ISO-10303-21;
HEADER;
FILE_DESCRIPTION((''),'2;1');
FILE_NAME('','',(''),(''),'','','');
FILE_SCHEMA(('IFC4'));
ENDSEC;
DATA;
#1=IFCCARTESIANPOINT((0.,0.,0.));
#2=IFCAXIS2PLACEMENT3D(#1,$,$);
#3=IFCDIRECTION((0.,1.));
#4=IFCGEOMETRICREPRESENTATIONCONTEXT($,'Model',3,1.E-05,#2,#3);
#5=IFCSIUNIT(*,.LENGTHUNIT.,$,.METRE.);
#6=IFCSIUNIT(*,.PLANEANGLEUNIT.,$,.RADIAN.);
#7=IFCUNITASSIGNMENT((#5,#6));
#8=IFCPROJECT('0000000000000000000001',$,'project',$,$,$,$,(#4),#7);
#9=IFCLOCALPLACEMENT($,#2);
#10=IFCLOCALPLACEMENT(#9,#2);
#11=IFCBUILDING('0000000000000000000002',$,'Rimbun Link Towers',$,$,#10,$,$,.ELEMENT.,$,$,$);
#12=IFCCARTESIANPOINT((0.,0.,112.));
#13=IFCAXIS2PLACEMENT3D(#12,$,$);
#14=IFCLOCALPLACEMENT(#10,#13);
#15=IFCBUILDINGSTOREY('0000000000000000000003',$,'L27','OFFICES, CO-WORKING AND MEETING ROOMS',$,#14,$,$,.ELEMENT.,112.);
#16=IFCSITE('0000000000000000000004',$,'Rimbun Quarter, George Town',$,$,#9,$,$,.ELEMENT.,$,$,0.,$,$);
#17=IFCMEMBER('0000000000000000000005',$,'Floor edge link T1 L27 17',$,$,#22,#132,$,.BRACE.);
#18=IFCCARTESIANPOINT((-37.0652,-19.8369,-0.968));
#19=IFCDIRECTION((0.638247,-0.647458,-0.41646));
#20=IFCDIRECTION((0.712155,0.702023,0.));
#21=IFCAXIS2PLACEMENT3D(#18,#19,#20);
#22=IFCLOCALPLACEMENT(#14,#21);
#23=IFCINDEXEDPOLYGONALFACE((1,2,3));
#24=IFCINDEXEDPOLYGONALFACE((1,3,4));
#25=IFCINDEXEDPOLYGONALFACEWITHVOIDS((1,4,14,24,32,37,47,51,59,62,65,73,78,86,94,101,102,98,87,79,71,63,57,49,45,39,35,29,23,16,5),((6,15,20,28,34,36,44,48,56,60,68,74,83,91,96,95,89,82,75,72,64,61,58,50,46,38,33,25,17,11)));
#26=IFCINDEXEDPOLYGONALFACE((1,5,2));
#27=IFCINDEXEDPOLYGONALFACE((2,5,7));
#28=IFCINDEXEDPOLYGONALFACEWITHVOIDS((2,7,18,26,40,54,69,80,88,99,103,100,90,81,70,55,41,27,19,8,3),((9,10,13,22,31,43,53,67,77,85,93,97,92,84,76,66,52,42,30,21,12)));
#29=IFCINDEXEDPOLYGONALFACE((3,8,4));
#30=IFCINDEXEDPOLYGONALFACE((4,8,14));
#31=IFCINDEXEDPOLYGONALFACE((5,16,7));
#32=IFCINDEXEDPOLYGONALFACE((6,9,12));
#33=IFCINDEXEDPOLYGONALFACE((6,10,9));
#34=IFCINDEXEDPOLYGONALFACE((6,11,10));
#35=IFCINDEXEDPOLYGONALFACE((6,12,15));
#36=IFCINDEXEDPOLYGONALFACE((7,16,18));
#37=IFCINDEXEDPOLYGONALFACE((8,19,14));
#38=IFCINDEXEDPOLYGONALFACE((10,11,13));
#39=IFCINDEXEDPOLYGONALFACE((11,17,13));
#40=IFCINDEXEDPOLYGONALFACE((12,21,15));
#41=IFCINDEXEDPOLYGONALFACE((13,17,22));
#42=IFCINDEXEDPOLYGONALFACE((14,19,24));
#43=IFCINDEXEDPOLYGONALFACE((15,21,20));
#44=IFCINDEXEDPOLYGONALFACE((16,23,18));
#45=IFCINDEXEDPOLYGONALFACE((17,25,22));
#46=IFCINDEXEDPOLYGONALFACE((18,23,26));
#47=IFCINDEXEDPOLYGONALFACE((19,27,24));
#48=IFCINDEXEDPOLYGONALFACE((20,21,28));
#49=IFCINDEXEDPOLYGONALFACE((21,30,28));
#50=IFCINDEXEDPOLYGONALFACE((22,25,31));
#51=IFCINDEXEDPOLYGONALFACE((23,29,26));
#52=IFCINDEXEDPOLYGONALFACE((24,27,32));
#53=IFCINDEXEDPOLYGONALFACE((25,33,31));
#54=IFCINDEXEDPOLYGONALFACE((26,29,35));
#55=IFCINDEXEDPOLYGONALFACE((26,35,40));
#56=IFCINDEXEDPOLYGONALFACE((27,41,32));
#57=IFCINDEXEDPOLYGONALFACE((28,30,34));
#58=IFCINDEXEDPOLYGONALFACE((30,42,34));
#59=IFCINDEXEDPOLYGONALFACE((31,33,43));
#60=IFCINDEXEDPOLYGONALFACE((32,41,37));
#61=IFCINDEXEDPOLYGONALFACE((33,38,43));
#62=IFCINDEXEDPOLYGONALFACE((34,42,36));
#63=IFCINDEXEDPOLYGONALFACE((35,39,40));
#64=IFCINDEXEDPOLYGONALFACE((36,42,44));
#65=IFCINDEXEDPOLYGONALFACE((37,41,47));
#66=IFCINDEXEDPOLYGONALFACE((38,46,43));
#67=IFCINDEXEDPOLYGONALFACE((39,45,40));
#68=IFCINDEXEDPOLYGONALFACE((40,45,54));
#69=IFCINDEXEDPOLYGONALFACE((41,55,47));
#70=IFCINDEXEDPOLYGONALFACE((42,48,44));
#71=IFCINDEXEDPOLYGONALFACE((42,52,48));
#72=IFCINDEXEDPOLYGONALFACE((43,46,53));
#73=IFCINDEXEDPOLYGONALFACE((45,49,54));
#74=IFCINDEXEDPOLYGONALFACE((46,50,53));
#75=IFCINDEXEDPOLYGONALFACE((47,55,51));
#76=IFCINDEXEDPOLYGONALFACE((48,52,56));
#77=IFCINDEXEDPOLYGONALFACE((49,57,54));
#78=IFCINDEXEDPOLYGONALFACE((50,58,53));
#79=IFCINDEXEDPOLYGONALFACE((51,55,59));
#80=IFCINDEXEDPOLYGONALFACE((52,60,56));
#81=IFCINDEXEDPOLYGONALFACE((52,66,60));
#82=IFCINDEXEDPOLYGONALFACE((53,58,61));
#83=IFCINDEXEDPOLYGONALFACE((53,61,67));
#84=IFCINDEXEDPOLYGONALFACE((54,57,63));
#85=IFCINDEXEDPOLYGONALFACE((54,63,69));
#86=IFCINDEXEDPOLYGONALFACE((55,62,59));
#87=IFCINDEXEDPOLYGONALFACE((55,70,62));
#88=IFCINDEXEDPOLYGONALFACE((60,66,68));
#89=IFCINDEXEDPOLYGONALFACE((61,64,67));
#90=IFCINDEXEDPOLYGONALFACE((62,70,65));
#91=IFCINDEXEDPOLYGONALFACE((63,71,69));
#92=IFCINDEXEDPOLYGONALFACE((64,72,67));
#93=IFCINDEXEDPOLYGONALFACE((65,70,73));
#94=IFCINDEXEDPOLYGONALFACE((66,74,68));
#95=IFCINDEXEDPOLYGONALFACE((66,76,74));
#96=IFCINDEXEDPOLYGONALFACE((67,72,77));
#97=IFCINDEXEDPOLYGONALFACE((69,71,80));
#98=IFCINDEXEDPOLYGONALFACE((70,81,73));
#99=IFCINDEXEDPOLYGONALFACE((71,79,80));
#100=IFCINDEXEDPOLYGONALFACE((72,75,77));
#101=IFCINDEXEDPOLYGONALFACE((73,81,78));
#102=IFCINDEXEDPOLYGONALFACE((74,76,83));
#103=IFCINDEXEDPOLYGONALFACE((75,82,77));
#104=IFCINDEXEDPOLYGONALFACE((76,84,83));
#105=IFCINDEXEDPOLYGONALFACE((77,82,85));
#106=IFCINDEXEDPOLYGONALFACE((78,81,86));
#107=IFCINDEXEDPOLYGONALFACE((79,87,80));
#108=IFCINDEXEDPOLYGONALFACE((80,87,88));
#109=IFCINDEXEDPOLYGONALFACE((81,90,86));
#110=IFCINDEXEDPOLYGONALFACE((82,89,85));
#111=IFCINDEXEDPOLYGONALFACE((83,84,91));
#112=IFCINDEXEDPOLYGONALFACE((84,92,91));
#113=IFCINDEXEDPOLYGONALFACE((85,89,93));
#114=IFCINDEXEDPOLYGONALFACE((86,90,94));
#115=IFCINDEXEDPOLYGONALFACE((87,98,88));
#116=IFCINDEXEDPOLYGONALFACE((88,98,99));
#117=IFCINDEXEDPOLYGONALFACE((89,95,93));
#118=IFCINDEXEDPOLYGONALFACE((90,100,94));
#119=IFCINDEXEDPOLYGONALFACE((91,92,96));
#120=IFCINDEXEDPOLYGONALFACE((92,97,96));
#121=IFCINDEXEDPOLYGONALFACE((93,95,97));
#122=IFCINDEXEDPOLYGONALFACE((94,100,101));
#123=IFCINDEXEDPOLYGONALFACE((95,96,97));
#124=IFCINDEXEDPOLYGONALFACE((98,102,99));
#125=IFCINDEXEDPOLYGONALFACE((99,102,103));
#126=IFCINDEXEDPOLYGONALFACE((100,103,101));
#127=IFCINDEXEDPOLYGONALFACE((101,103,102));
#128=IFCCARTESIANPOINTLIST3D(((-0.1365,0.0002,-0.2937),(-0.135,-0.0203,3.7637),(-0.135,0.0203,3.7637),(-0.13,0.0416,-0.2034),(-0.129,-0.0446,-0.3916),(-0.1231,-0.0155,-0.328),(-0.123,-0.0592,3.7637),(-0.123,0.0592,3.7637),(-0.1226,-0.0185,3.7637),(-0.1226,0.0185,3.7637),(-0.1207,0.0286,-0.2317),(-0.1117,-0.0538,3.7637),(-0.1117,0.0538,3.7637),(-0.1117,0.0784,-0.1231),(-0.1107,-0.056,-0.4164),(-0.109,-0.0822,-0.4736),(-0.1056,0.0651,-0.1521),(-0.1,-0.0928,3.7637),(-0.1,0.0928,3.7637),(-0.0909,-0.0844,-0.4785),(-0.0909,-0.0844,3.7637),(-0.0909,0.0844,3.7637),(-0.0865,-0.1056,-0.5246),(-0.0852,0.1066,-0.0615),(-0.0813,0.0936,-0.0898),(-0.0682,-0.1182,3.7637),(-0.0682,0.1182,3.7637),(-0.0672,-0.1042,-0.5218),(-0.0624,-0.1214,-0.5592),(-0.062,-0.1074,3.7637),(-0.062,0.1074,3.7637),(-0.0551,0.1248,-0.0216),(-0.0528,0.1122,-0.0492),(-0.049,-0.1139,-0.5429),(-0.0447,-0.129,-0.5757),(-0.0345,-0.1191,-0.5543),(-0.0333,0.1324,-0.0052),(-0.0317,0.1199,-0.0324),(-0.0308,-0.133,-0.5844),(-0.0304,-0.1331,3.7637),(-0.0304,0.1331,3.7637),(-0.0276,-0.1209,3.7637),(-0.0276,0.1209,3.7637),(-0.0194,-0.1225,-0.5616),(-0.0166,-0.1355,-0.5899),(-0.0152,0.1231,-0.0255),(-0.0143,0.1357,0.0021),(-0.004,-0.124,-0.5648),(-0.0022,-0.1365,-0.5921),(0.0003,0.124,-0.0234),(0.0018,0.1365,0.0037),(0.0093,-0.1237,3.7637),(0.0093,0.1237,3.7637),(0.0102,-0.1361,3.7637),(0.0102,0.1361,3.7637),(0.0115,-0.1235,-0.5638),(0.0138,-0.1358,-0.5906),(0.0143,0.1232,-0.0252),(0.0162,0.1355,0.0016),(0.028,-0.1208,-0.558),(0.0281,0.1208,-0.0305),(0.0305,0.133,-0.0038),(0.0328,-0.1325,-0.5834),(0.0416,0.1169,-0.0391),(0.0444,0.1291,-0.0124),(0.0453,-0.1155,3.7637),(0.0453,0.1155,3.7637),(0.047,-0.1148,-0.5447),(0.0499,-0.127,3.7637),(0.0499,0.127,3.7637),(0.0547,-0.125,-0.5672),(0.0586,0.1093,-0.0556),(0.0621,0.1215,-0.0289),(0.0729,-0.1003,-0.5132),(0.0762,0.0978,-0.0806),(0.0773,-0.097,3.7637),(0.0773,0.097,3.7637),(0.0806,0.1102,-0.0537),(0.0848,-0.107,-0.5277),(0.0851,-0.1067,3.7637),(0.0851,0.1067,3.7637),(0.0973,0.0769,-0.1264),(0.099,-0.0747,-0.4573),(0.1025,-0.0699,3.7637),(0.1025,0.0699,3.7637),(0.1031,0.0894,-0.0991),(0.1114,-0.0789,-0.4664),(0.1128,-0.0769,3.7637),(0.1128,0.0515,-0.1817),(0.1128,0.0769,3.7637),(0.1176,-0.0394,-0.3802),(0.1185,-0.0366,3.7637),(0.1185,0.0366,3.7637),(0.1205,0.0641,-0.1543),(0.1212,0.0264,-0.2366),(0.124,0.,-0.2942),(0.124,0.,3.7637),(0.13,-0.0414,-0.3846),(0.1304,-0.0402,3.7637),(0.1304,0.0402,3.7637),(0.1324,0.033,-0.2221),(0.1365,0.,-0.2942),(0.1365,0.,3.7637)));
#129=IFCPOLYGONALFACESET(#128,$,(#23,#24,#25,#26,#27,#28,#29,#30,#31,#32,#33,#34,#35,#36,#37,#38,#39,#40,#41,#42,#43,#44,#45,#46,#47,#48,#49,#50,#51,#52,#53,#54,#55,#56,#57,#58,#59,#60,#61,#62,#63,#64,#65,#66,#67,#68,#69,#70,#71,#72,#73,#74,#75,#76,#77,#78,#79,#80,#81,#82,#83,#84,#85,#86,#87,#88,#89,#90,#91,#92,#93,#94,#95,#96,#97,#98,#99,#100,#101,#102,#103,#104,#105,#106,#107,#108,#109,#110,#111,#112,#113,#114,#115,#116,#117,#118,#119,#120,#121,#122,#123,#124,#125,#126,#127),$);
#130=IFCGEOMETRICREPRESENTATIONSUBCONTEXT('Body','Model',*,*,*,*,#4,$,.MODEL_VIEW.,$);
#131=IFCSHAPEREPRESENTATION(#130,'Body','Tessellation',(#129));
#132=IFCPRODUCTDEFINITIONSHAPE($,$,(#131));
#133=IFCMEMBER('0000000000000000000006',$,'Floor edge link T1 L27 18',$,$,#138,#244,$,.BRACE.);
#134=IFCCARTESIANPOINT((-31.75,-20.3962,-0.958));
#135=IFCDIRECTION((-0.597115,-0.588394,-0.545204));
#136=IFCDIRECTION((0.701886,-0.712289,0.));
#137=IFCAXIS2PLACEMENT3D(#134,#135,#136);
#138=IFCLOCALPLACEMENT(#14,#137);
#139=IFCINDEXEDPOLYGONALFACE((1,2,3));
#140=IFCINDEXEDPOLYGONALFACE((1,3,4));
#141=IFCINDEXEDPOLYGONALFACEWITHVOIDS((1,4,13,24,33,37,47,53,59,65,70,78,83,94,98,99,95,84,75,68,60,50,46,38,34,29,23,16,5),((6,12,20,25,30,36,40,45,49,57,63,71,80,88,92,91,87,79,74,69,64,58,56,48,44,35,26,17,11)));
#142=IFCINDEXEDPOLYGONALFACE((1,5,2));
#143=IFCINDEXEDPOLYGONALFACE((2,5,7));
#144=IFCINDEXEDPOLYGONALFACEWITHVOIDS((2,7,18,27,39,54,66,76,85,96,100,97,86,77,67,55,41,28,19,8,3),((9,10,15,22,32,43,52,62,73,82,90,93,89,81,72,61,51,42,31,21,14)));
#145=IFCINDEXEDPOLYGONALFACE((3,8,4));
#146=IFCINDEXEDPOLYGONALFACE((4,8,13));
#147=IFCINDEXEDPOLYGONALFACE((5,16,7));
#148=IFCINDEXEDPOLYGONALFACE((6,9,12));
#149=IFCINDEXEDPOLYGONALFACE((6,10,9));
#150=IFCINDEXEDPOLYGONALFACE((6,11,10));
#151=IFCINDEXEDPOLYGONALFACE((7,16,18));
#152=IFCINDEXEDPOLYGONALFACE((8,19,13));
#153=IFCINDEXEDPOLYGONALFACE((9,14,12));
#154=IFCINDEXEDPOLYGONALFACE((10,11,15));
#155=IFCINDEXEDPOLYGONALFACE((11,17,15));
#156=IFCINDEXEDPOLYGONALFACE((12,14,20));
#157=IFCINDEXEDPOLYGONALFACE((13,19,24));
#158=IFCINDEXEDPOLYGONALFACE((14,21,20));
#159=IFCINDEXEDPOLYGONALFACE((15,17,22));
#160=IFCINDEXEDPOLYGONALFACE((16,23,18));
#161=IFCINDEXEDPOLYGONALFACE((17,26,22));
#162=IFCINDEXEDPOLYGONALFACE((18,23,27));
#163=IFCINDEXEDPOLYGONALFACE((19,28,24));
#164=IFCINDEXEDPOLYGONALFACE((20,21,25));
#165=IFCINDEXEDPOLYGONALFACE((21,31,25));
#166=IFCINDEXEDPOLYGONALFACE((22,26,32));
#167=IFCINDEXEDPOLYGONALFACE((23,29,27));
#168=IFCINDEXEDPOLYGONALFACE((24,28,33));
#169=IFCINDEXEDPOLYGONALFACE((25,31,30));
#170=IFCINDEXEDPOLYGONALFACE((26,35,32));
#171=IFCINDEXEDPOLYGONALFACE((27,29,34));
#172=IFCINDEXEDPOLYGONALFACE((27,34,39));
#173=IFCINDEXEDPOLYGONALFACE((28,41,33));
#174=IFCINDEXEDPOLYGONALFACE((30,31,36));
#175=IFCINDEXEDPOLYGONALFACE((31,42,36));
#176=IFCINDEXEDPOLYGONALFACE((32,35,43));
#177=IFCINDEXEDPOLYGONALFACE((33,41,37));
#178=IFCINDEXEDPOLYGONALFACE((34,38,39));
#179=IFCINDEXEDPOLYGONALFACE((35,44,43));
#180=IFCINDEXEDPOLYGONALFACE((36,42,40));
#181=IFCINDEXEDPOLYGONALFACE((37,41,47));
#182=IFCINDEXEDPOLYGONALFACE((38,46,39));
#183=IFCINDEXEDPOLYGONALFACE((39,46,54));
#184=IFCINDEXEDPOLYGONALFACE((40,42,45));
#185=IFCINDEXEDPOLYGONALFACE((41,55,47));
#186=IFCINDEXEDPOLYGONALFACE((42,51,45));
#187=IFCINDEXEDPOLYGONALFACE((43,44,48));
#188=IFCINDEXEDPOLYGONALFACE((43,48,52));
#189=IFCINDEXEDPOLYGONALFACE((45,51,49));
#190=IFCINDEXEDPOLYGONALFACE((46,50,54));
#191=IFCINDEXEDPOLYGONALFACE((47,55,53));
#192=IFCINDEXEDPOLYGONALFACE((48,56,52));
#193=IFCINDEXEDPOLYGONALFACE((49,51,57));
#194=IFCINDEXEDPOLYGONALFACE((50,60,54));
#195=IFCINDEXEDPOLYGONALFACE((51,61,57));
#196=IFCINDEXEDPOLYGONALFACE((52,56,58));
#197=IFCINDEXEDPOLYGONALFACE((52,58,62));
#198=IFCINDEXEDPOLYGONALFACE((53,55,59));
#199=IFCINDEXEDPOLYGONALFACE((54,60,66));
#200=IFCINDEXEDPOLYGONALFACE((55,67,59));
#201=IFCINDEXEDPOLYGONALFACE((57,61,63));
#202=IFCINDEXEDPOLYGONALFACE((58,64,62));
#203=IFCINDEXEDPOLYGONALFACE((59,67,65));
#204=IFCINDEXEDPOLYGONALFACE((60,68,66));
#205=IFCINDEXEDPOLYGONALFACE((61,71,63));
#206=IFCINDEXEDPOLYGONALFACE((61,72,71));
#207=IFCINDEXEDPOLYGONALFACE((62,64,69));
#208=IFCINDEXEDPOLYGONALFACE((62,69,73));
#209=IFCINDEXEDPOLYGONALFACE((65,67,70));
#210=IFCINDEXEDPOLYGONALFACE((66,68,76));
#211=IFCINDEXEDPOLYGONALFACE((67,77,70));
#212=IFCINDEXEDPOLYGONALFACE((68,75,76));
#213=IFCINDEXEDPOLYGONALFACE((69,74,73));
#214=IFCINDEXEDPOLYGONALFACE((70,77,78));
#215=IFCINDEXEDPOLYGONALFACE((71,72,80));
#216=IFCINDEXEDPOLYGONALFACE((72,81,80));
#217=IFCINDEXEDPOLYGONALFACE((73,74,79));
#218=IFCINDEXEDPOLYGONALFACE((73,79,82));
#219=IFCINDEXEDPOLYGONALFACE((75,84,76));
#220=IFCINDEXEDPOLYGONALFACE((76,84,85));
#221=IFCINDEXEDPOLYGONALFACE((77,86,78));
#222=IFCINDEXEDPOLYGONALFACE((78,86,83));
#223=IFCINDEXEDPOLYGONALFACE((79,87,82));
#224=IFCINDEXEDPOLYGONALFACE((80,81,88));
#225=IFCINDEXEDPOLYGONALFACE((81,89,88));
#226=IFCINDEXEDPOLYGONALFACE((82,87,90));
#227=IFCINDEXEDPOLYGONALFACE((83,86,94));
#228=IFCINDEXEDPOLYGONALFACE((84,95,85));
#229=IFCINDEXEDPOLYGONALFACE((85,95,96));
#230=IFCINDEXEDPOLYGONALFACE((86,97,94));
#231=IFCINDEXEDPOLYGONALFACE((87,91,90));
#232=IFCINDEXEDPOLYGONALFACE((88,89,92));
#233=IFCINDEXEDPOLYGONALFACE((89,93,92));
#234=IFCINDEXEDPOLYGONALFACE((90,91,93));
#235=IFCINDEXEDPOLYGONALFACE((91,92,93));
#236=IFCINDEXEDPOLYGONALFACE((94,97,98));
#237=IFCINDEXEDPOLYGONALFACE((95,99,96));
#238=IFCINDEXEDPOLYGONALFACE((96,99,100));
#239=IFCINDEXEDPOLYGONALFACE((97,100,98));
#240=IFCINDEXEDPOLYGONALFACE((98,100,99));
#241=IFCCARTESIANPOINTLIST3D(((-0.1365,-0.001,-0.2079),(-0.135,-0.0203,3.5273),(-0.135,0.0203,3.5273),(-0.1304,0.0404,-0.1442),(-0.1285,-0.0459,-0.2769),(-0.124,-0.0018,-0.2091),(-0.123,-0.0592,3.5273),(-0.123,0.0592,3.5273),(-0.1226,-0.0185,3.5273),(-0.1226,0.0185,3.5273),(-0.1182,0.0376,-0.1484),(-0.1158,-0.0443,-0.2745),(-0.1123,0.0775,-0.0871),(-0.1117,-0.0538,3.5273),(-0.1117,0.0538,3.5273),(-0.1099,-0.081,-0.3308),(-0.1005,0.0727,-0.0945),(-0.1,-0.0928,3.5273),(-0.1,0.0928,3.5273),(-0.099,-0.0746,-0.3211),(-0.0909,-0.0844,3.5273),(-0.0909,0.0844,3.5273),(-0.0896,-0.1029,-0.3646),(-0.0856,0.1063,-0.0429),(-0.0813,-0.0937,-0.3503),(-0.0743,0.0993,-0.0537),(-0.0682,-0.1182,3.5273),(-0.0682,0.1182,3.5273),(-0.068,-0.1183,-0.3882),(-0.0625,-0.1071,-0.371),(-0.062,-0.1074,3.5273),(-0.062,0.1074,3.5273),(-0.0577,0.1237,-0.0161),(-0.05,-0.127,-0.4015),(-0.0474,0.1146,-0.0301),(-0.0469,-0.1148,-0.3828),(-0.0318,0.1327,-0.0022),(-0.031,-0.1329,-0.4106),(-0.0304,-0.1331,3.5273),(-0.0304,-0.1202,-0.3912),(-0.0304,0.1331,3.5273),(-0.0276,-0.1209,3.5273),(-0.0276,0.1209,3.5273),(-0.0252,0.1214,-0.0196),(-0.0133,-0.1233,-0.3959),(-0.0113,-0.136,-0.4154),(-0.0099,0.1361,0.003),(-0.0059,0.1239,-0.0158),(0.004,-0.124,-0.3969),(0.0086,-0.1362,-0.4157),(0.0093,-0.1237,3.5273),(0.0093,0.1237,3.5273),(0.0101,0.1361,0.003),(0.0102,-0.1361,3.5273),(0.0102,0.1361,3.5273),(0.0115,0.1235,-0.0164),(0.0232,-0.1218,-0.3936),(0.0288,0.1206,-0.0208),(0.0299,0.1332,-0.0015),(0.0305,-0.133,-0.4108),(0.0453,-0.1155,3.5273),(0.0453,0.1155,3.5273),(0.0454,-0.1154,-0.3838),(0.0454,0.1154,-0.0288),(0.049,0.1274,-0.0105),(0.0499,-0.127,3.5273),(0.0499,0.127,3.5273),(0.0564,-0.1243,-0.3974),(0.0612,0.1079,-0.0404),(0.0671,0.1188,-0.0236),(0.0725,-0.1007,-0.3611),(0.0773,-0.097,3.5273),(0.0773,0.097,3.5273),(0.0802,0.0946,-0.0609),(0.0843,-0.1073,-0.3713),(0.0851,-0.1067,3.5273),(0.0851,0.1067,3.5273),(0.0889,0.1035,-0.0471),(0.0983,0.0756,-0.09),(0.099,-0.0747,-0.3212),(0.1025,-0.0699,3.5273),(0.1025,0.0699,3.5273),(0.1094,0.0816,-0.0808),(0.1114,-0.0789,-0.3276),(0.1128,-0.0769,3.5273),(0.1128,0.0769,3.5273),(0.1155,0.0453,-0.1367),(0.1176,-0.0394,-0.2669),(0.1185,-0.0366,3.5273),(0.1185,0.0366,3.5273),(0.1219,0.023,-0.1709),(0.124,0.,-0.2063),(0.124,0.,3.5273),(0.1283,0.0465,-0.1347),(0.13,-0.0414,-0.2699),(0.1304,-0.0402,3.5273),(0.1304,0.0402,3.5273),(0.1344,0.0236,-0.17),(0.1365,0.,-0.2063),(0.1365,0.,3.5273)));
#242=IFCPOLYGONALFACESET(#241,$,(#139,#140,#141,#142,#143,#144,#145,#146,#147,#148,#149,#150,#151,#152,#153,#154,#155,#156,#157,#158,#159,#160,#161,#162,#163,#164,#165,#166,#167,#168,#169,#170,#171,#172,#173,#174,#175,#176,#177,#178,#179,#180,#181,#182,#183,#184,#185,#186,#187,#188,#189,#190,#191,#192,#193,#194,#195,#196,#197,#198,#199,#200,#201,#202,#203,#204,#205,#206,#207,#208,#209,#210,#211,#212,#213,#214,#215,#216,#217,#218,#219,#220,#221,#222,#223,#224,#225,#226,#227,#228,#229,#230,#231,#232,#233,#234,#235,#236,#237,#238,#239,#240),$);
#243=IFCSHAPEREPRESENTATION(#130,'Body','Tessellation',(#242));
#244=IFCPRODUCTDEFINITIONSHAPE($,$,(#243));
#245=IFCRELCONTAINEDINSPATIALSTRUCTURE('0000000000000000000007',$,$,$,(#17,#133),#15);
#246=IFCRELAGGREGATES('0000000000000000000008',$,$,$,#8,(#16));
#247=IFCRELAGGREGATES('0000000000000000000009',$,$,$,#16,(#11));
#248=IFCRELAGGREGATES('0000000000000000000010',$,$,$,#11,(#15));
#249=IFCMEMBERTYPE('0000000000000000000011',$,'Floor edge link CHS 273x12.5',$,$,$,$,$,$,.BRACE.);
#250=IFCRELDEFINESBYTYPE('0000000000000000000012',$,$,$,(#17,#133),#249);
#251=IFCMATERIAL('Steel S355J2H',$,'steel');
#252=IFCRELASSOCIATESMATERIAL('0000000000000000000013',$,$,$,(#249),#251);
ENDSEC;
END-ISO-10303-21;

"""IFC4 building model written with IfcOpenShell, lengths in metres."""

from ifc_helpers import new_model, si_unit, direction, frame, origin, origin_2d, place, context, subcontext, project, spatial, hollow_circle, extrude, clip, halfspace, material, material_profile, profile_set, type_object, element, save


model = new_model("IFC4")

# Units and contexts
model_context = context("Model", 3, precision=1e-05, world=origin(), true_north=direction((0.0, 1.0)))
body_context = subcontext(model_context, "Body", "Model", "MODEL_VIEW")
ifc_project = project(units=[si_unit("LENGTHUNIT", "METRE"), si_unit("PLANEANGLEUNIT", "RADIAN")], contexts=[model_context])

# Site, building, storey
site_placement = place(None, origin())
site = spatial("IfcSite", under=ifc_project, at=site_placement, Name="Rimbun Quarter, George Town", CompositionType="ELEMENT", RefElevation=0.0)
building_placement = place(site_placement, origin())
building = spatial("IfcBuilding", under=site, at=building_placement, Name="Rimbun Link Towers", CompositionType="ELEMENT")
storey_placement = place(building_placement, frame((0.0, 0.0, 112.0)))
storey = spatial("IfcBuildingStorey", under=building, at=storey_placement, Name="L27", Description="OFFICES, CO-WORKING AND MEETING ROOMS", CompositionType="ELEMENT", Elevation=112.0)

# Members
ifc_material_1 = material(Name="Steel S355J2H", Category="steel")
ifc_material_profile_1 = material_profile(ifc_material_1, hollow_circle(Radius=0.1365, WallThickness=0.0125, at=origin_2d()), Name="CHS 273x12.5")
ifc_profile_set_1 = profile_set([ifc_material_profile_1], Name="Steel S355J2H")
member_type_1 = type_object("IfcMemberType", Name="Floor edge link CHS 273x12.5", PredefinedType="BRACE", material=ifc_profile_set_1)
member_1_placement = place(storey_placement, frame((-37.0652, -19.8369, -0.968), z_axis=(0.638247, -0.647458, -0.41646), x_axis=(0.712155, 0.702023, 0.0)))
element("IfcMember", 1, at=member_1_placement, inside=storey, type_object=member_type_1, Name="Floor edge link T1 L27 17", PredefinedType="BRACE", context=body_context, shape_type="Clipping", body=[
    clip(extrude(hollow_circle(Radius=0.1365, WallThickness=0.0125, at=origin_2d()), frame((0.0, 0.0, -0.6201)), (0.0, 0.0, 1.0), 4.3838), halfspace(frame((0.0, 0.0, -0.2942), z_axis=(0.0, 0.909154, -0.41646)), False)),
])
member_2_placement = place(storey_placement, frame((-31.75, -20.3962, -0.958), z_axis=(-0.597115, -0.588394, -0.545204), x_axis=(0.701886, -0.712289, 0.0)))
element("IfcMember", 2, at=member_2_placement, inside=storey, type_object=member_type_1, Name="Floor edge link T1 L27 18", PredefinedType="BRACE", context=body_context, shape_type="Clipping", body=[
    clip(extrude(hollow_circle(Radius=0.1365, WallThickness=0.0125, at=origin_2d()), frame((0.0, 0.0, -0.4382)), (0.0, 0.0, 1.0), 3.9656), halfspace(frame((0.0, 0.0, -0.2063), z_axis=(0.0, 0.838304, -0.545204)), False)),
])

save(model, "model.ifc")
